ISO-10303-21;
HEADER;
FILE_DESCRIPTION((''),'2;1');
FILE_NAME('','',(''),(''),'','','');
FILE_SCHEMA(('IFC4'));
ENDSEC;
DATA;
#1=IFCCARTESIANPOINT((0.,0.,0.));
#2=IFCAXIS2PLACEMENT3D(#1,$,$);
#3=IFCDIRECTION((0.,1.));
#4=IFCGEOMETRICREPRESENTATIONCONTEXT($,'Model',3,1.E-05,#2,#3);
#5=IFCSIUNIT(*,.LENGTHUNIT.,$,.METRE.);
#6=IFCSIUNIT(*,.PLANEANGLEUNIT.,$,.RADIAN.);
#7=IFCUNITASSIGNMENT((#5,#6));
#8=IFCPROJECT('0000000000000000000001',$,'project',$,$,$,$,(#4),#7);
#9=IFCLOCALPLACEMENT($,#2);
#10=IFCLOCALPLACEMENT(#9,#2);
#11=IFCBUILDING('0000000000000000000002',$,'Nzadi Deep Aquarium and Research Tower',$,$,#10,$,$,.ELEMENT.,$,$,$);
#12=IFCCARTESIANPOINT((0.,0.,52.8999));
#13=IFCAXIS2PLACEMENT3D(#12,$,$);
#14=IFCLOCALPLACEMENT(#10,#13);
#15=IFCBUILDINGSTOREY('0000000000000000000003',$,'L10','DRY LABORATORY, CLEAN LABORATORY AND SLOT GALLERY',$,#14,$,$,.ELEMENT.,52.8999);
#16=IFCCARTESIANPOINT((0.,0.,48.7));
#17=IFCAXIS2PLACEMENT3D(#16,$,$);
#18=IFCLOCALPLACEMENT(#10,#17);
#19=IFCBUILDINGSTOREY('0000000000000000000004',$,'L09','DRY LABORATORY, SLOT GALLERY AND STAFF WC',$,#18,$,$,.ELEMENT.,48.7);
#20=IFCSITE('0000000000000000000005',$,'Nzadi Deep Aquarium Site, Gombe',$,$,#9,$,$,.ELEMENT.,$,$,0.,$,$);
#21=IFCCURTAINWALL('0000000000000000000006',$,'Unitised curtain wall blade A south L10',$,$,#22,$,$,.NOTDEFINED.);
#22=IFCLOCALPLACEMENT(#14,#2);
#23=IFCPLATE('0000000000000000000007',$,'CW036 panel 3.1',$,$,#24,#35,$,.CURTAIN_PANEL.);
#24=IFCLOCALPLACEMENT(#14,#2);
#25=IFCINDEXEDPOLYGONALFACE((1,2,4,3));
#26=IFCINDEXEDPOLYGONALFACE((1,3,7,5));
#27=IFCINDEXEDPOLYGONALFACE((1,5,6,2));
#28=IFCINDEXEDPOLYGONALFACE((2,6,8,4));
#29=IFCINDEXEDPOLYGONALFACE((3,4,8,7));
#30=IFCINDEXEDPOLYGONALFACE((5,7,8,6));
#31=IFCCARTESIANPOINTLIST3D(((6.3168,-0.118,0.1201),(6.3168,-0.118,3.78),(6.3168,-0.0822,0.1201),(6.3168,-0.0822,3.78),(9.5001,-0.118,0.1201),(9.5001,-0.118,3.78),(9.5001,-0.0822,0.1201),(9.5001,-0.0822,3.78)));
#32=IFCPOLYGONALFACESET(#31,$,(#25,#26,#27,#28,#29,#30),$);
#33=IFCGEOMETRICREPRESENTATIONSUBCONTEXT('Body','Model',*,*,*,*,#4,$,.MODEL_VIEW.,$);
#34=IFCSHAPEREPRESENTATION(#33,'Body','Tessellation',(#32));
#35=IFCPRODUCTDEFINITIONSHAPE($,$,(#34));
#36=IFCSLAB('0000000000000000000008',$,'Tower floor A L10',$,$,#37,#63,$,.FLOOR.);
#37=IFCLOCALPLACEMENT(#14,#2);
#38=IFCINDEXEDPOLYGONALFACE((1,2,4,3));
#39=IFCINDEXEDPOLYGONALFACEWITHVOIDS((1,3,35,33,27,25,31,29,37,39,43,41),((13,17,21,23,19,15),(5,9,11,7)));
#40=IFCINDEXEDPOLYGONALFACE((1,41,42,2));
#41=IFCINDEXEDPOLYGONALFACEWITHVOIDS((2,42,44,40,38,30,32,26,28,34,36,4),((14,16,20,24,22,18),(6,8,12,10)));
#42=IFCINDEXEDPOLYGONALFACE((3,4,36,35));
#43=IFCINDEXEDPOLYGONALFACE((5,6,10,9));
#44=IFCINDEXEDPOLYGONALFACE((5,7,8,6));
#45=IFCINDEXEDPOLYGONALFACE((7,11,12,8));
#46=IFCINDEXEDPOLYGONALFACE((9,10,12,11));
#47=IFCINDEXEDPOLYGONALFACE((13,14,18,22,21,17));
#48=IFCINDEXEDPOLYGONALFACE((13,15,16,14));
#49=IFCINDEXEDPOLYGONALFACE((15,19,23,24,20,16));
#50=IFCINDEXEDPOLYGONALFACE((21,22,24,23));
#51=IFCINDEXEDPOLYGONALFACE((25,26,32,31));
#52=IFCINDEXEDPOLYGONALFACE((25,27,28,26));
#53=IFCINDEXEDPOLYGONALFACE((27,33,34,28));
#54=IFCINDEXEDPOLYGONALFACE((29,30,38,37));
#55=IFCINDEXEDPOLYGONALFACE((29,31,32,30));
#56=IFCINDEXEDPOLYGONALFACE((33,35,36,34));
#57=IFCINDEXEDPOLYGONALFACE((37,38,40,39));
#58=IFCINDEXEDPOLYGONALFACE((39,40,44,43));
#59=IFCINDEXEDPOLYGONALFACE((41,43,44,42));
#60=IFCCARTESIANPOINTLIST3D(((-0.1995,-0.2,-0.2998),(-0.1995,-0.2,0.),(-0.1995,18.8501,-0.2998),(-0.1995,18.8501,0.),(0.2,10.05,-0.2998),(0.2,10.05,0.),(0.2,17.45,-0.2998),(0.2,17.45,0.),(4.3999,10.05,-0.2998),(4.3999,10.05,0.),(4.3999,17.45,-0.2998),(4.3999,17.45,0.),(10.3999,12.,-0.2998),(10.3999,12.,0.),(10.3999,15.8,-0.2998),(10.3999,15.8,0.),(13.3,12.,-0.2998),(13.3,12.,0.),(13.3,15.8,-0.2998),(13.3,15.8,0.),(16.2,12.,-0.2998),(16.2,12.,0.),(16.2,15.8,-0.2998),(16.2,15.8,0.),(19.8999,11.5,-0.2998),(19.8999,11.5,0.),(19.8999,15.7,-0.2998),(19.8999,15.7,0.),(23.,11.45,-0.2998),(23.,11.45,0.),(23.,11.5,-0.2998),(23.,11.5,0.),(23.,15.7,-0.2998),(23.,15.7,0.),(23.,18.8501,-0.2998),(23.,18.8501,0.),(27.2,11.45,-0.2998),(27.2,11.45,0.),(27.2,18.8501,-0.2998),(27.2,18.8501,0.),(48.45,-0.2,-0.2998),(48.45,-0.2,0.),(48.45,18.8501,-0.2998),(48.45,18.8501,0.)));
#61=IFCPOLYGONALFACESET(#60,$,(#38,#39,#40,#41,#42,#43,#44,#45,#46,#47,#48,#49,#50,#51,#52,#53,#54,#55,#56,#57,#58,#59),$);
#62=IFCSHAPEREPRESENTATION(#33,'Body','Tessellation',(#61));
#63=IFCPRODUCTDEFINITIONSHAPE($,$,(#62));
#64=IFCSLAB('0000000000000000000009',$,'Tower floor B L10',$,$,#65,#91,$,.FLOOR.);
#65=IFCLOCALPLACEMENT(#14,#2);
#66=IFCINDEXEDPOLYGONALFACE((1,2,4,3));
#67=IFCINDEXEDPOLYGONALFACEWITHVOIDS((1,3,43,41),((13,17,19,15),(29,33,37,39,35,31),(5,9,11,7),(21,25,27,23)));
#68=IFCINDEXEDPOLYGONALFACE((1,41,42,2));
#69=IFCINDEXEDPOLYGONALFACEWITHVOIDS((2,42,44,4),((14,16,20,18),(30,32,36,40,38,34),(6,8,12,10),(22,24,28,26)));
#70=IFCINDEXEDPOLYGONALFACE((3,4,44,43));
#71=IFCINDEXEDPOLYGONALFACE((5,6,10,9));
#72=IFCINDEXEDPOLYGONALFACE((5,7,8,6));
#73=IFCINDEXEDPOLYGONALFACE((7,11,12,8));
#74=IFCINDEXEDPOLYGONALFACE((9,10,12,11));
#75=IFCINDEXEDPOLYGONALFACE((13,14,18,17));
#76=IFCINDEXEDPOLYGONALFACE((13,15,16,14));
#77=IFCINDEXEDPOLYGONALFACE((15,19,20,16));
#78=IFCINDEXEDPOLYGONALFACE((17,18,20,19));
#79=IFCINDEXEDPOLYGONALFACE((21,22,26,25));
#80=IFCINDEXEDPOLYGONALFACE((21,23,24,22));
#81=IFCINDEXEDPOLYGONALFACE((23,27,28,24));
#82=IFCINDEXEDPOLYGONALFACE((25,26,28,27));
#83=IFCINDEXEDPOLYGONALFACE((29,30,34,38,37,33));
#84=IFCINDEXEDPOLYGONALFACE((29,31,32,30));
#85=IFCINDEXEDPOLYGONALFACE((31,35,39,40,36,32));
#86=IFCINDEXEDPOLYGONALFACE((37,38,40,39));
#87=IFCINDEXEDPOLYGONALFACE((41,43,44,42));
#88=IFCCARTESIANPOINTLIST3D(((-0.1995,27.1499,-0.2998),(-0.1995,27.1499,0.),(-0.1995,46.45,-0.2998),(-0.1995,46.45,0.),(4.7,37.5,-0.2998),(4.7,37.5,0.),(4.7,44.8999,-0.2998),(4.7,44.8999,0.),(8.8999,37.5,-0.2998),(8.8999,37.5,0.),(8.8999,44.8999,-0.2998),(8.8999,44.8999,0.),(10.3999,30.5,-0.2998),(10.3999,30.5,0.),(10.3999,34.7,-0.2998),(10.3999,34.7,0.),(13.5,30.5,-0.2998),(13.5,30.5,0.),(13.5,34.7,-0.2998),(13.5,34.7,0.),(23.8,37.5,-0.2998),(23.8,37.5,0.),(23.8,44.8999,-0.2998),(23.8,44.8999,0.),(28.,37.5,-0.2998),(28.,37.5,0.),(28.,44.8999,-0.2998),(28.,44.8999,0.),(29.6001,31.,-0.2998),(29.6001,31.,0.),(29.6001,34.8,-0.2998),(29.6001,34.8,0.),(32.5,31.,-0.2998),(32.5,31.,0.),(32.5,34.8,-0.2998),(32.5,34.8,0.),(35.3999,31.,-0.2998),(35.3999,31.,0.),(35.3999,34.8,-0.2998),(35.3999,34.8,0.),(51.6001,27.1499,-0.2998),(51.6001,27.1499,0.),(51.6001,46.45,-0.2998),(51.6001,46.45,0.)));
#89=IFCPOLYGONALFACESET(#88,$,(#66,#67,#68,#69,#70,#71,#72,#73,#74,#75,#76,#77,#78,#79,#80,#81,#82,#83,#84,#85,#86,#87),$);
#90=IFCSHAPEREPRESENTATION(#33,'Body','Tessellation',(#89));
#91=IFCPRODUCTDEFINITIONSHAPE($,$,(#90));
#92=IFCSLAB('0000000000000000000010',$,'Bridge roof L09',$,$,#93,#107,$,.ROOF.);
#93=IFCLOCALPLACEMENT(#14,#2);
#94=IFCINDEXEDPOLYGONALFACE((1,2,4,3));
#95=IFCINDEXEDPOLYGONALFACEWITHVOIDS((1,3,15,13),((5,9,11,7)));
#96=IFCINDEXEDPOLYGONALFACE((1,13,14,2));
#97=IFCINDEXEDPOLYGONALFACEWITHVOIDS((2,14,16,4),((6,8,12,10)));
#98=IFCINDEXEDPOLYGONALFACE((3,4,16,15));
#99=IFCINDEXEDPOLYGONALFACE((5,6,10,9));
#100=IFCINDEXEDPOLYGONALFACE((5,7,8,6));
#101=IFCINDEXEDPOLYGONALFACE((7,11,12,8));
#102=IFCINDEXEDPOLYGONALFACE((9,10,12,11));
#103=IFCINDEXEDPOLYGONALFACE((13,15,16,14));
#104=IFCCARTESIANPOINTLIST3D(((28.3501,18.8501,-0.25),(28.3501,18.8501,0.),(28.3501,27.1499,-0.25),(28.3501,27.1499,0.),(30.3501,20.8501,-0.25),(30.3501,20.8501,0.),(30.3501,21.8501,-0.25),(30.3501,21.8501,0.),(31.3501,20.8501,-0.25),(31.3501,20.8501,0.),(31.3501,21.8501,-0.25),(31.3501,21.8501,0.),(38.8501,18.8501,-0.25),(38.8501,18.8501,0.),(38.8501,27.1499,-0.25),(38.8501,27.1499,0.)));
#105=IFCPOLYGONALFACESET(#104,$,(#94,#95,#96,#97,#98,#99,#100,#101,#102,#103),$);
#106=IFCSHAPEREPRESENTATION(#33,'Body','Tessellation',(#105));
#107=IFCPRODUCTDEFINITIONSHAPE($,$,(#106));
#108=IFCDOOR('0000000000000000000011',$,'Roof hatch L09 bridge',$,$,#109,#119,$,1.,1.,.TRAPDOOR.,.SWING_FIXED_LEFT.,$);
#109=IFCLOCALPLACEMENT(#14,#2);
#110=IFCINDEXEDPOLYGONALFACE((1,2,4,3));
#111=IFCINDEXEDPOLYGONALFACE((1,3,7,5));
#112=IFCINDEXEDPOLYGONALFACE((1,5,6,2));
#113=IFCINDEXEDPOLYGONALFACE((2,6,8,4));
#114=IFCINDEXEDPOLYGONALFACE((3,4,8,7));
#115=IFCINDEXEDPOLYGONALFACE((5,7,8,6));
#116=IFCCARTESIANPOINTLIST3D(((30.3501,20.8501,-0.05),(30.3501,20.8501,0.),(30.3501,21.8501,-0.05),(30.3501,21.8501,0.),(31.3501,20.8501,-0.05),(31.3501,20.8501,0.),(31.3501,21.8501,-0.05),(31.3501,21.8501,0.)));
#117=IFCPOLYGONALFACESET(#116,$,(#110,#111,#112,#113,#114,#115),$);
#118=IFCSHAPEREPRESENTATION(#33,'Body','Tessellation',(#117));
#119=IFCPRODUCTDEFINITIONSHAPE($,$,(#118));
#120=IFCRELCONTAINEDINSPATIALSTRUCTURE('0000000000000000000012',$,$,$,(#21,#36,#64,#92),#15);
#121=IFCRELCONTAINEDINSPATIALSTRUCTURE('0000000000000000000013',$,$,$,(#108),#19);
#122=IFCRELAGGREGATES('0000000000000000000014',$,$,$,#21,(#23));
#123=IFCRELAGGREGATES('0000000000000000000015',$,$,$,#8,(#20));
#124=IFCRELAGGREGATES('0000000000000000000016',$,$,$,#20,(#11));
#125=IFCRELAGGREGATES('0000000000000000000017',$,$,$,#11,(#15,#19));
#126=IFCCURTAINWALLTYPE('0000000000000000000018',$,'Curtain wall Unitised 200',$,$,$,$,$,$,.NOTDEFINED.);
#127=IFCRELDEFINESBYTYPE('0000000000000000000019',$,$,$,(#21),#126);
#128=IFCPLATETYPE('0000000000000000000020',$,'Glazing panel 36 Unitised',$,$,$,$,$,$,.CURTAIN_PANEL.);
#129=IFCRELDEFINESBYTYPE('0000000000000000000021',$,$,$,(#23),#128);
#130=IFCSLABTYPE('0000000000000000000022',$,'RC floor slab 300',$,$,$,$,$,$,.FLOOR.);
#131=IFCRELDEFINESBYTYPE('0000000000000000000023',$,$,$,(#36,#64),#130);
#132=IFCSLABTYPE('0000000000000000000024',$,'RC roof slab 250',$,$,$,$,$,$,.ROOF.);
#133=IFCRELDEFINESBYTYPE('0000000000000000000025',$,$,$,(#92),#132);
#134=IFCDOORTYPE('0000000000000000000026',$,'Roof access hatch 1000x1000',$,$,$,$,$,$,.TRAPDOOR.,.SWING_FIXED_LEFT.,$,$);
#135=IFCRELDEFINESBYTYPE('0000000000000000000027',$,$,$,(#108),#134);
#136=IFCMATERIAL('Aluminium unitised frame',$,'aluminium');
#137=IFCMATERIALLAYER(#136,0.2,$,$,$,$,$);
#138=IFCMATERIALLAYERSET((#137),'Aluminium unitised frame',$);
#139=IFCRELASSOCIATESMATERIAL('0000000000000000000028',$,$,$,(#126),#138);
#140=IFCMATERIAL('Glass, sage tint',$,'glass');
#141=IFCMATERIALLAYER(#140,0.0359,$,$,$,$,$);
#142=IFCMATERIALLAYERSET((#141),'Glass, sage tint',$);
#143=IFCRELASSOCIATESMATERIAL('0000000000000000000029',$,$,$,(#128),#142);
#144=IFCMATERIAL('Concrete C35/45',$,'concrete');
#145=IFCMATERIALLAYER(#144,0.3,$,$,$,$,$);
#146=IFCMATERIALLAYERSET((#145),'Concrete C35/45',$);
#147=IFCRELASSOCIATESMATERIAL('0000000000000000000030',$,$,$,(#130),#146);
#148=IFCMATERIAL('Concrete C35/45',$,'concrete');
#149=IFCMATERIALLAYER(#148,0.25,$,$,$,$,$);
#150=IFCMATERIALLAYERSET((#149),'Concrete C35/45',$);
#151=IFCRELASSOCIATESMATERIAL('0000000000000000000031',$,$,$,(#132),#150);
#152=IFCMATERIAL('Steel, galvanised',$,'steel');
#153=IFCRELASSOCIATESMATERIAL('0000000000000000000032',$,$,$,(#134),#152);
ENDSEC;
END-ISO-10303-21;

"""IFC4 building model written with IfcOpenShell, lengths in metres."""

from ifc_helpers import new_model, si_unit, direction, frame, origin, origin_2d, place, context, subcontext, project, spatial, polyline, rectangle, outline, extrude, material, layer, layer_set, type_object, element, fill, aggregate, save


model = new_model("IFC4")

# Units and contexts
model_context = context("Model", 3, precision=1e-05, world=origin(), true_north=direction((0.0, 1.0)))
body_context = subcontext(model_context, "Body", "Model", "MODEL_VIEW")
ifc_project = project(units=[si_unit("LENGTHUNIT", "METRE"), si_unit("PLANEANGLEUNIT", "RADIAN")], contexts=[model_context])

# Site, building, storey
site_placement = place(None, origin())
site = spatial("IfcSite", under=ifc_project, at=site_placement, Name="Nzadi Deep Aquarium Site, Gombe", CompositionType="ELEMENT", RefElevation=0.0)
building_placement = place(site_placement, origin())
building = spatial("IfcBuilding", under=site, at=building_placement, Name="Nzadi Deep Aquarium and Research Tower", CompositionType="ELEMENT")
storey_1_placement = place(building_placement, frame((0.0, 0.0, 52.8999)))
storey_1 = spatial("IfcBuildingStorey", under=building, at=storey_1_placement, Name="L10", Description="DRY LABORATORY, CLEAN LABORATORY AND SLOT GALLERY", CompositionType="ELEMENT", Elevation=52.8999)

# Curtain wall, plate
ifc_material_1 = material(Name="Aluminium unitised frame", Category="aluminium")
ifc_layer_1 = layer(ifc_material_1, 0.2)
ifc_layer_set_1 = layer_set([ifc_layer_1], Name="Aluminium unitised frame")
curtain_wall_type = type_object("IfcCurtainWallType", Name="Curtain wall Unitised 200", PredefinedType="NOTDEFINED", material=ifc_layer_set_1)
curtain_wall_placement = place(storey_1_placement, origin())
curtain_wall = element("IfcCurtainWall", 1, at=curtain_wall_placement, inside=storey_1, type_object=curtain_wall_type, Name="Unitised curtain wall blade A south L10", PredefinedType="NOTDEFINED")
ifc_material_2 = material(Name="Glass, sage tint", Category="glass")
ifc_layer_2 = layer(ifc_material_2, 0.0359)
ifc_layer_set_2 = layer_set([ifc_layer_2], Name="Glass, sage tint")
plate_type = type_object("IfcPlateType", Name="Glazing panel 36 Unitised", PredefinedType="CURTAIN_PANEL", material=ifc_layer_set_2)
plate_1_placement = place(storey_1_placement, frame((7.9084, -0.1001, 0.1201), z_axis=(0.0, 0.0, 1.0), x_axis=(1.0, 0.0, 0.0)))
plate_1 = element("IfcPlate", 2, at=plate_1_placement, type_object=plate_type, Name="CW036 panel 3.1", PredefinedType="CURTAIN_PANEL", context=body_context, shape_type="SweptSolid", body=[
    extrude(rectangle(XDim=3.1833, YDim=0.0359, at=origin_2d()), origin(), (0.0, 0.0, 1.0), 3.6599),
])
aggregate(curtain_wall, [plate_1])

# Slabs
ifc_material_3 = material(Name="Concrete C35/45", Category="concrete")
ifc_layer_3 = layer(ifc_material_3, 0.3)
ifc_layer_set_3 = layer_set([ifc_layer_3], Name="Concrete C35/45")
slab_type_1 = type_object("IfcSlabType", Name="RC floor slab 300", PredefinedType="FLOOR", material=ifc_layer_set_3)
slab_1_placement = place(storey_1_placement, frame((0.0, 0.0, -0.2998)))
element("IfcSlab", 3, at=slab_1_placement, inside=storey_1, type_object=slab_type_1, Name="Tower floor A L10", PredefinedType="FLOOR", context=body_context, shape_type="SweptSolid", body=[
    extrude(outline(polyline([(27.2, 11.45), (23.0, 11.45), (23.0, 11.5), (19.8999, 11.5), (19.8999, 15.7), (23.0, 15.7), (23.0, 18.8501), (-0.1995, 18.8501), (-0.1995, -0.2), (48.45, -0.2), (48.45, 18.8501), (27.2, 18.8501), (27.2, 11.45)]), holes=[polyline([(4.3999, 17.45), (4.3999, 10.05), (0.2, 10.05), (0.2, 17.45), (4.3999, 17.45)]), polyline([(10.3999, 12.0), (10.3999, 15.8), (13.3, 15.8), (16.2, 15.8), (16.2, 12.0), (13.3, 12.0), (10.3999, 12.0)])]), origin(), (0.0, 0.0, 1.0), 0.2998),
])
slab_2_placement = place(storey_1_placement, frame((0.0, 0.0, -0.2998)))
element("IfcSlab", 4, at=slab_2_placement, inside=storey_1, type_object=slab_type_1, Name="Tower floor B L10", PredefinedType="FLOOR", context=body_context, shape_type="SweptSolid", body=[
    extrude(outline(polyline([(-0.1995, 27.1499), (51.6001, 27.1499), (51.6001, 46.45), (-0.1995, 46.45), (-0.1995, 27.1499)]), holes=[polyline([(8.8999, 44.8999), (8.8999, 37.5), (4.7, 37.5), (4.7, 44.8999), (8.8999, 44.8999)]), polyline([(28.0, 37.5), (23.8, 37.5), (23.8, 44.8999), (28.0, 44.8999), (28.0, 37.5)]), polyline([(10.3999, 30.5), (10.3999, 34.7), (13.5, 34.7), (13.5, 30.5), (10.3999, 30.5)]), polyline([(29.6001, 34.8), (32.5, 34.8), (35.3999, 34.8), (35.3999, 31.0), (32.5, 31.0), (29.6001, 31.0), (29.6001, 34.8)])]), origin(), (0.0, 0.0, 1.0), 0.2998),
])

# Slab, opening
ifc_material_4 = material(Name="Concrete C35/45", Category="concrete")
ifc_layer_4 = layer(ifc_material_4, 0.25)
ifc_layer_set_4 = layer_set([ifc_layer_4], Name="Concrete C35/45")
slab_type_2 = type_object("IfcSlabType", Name="RC roof slab 250", PredefinedType="ROOF", material=ifc_layer_set_4)
slab_3_placement = place(storey_1_placement, frame((0.0, 0.0, -0.25)))
slab_3 = element("IfcSlab", 5, at=slab_3_placement, inside=storey_1, type_object=slab_type_2, Name="Bridge roof L09", PredefinedType="ROOF", context=body_context, shape_type="SweptSolid", body=[
    extrude(outline(polyline([(38.8501, 18.8501), (38.8501, 27.1499), (28.3501, 27.1499), (28.3501, 18.8501), (38.8501, 18.8501)])), origin(), (0.0, 0.0, 1.0), 0.25),
])
opening_placement = place(slab_3_placement, frame((30.8501, 21.3501, 0.0)))
opening = element("IfcOpeningElement", 6, at=opening_placement, cuts=slab_3, PredefinedType="OPENING", context=body_context, shape_type="SweptSolid", body=[
    extrude(rectangle(XDim=1.0, YDim=1.0, at=origin_2d()), origin(), (0.0, 0.0, 1.0), 0.25),
])

# Shared definitions
storey_2_placement = place(building_placement, frame((0.0, 0.0, 48.7)))
storey_2 = spatial("IfcBuildingStorey", under=building, at=storey_2_placement, Name="L09", Description="DRY LABORATORY, SLOT GALLERY AND STAFF WC", CompositionType="ELEMENT", Elevation=48.7)

# Door
ifc_material_5 = material(Name="Steel, galvanised", Category="steel")
door_type = type_object("IfcDoorType", Name="Roof access hatch 1000x1000", OperationType="SWING_FIXED_LEFT", PredefinedType="TRAPDOOR", material=ifc_material_5)
door_placement = place(opening_placement, frame((0.0, 0.0, 0.2)))
door = element("IfcDoor", 7, at=door_placement, inside=storey_2, type_object=door_type, Name="Roof hatch L09 bridge", OperationType="SWING_FIXED_LEFT", OverallHeight=1.0, OverallWidth=1.0, PredefinedType="TRAPDOOR", context=body_context, shape_type="SweptSolid", body=[
    extrude(rectangle(XDim=1.0, YDim=1.0, at=origin_2d()), origin(), (0.0, 0.0, 1.0), 0.05),
])
fill(opening, door)

save(model, "model.ifc")
